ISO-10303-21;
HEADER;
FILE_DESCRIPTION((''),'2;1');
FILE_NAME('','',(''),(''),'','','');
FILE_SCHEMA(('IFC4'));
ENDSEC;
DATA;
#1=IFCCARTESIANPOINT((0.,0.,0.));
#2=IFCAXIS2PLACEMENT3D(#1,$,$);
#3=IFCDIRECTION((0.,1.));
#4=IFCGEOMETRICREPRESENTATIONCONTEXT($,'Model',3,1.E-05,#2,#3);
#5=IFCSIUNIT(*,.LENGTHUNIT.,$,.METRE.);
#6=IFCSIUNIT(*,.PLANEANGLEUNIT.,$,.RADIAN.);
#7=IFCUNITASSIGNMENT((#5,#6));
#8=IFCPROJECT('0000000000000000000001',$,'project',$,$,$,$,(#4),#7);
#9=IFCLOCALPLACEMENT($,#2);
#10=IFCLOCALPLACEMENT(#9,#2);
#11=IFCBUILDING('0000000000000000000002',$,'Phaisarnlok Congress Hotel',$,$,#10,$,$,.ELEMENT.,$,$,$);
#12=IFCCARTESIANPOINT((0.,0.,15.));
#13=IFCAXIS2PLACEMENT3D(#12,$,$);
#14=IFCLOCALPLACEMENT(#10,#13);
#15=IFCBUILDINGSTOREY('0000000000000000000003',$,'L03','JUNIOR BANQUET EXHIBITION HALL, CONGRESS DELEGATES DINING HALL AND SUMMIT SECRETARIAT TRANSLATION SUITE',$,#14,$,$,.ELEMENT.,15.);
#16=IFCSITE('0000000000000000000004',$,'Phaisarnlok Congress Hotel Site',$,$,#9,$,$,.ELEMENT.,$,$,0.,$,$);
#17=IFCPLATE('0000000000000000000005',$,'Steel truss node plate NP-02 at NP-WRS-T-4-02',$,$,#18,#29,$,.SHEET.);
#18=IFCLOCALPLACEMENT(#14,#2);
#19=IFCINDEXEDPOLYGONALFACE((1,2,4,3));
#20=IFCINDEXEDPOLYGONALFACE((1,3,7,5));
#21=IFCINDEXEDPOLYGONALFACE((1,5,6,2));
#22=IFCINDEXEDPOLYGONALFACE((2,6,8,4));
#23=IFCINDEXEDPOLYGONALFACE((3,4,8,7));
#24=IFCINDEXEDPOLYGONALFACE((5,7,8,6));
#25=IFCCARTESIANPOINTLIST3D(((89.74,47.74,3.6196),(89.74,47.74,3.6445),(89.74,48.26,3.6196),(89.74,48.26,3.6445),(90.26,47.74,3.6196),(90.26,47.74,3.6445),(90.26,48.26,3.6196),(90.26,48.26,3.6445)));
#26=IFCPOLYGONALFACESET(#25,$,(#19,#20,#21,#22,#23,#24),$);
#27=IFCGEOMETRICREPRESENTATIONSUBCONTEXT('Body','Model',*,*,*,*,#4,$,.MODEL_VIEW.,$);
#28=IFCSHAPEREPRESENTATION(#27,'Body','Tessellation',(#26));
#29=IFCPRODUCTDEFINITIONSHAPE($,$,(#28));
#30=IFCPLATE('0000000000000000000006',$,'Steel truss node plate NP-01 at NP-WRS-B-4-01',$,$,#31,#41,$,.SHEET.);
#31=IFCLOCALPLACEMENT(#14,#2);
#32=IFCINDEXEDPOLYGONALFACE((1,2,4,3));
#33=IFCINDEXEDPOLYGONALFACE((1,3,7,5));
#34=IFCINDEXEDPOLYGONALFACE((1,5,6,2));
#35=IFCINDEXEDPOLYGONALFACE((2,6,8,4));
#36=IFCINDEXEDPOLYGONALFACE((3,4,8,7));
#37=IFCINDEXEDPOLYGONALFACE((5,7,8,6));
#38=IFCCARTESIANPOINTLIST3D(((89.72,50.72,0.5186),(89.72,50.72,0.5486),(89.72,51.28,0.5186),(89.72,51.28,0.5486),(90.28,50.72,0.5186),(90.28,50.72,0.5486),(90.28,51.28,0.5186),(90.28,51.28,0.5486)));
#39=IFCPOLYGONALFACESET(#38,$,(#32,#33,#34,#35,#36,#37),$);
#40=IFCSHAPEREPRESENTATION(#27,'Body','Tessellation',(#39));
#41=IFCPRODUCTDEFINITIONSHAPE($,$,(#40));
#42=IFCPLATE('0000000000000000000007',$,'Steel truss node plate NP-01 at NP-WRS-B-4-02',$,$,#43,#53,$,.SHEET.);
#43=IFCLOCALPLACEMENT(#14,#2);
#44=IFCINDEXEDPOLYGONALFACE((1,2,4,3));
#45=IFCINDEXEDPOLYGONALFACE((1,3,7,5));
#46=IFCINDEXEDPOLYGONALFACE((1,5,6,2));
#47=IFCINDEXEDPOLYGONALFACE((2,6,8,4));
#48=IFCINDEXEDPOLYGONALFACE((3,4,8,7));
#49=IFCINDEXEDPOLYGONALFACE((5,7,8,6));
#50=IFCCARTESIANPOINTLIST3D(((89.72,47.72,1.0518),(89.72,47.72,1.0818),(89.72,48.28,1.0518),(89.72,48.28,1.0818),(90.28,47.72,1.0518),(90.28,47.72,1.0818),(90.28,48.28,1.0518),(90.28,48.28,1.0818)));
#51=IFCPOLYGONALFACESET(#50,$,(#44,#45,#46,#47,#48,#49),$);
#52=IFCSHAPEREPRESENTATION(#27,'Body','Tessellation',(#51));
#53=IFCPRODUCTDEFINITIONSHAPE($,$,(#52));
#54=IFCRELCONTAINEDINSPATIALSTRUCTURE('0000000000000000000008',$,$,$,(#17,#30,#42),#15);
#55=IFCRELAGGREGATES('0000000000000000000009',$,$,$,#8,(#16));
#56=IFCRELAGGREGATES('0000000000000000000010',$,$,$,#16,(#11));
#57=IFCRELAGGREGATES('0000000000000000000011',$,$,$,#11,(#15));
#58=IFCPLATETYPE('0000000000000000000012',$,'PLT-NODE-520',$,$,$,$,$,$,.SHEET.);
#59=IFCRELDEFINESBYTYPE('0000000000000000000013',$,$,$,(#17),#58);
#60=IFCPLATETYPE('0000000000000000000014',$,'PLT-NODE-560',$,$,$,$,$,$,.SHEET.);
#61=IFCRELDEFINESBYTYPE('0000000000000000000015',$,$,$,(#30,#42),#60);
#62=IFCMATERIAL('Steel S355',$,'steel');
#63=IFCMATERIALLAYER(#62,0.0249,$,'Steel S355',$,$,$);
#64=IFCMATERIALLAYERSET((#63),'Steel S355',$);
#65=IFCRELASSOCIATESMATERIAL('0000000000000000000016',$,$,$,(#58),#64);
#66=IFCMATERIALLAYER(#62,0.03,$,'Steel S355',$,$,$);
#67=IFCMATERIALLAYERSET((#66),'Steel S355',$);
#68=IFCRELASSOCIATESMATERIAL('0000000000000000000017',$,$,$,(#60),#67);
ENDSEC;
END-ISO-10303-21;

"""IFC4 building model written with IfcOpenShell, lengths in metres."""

from ifc_helpers import new_model, si_unit, direction, frame, origin, origin_2d, place, context, subcontext, project, spatial, rectangle, extrude, material, layer, layer_set, type_object, element, save


model = new_model("IFC4")

# Units and contexts
model_context = context("Model", 3, precision=1e-05, world=origin(), true_north=direction((0.0, 1.0)))
body_context = subcontext(model_context, "Body", "Model", "MODEL_VIEW")
ifc_project = project(units=[si_unit("LENGTHUNIT", "METRE"), si_unit("PLANEANGLEUNIT", "RADIAN")], contexts=[model_context])

# Site, building, storey
site_placement = place(None, origin())
site = spatial("IfcSite", under=ifc_project, at=site_placement, Name="Phaisarnlok Congress Hotel Site", CompositionType="ELEMENT", RefElevation=0.0)
building_placement = place(site_placement, origin())
building = spatial("IfcBuilding", under=site, at=building_placement, Name="Phaisarnlok Congress Hotel", CompositionType="ELEMENT")
storey_placement = place(building_placement, frame((0.0, 0.0, 15.0)))
storey = spatial("IfcBuildingStorey", under=building, at=storey_placement, Name="L03", Description="JUNIOR BANQUET EXHIBITION HALL, CONGRESS DELEGATES DINING HALL AND SUMMIT SECRETARIAT TRANSLATION SUITE", CompositionType="ELEMENT", Elevation=15.0)

# Shared definitions
ifc_material = material(Name="Steel S355", Category="steel")

# Plates
ifc_layer_1 = layer(ifc_material, 0.0249, Name="Steel S355")
ifc_layer_set_1 = layer_set([ifc_layer_1], Name="Steel S355")
plate_type_1 = type_object("IfcPlateType", Name="PLT-NODE-520", PredefinedType="SHEET", material=ifc_layer_set_1)
for number, where, z_axis, x_axis, name in (
    (1, (90.0, 48.0, 3.6196), (0.0, 0.0, 1.0), (1.0, 0.0, 0.0), "Steel truss node plate NP-02 at NP-WRS-T-4-02"),
):
    element("IfcPlate", number, at=place(storey_placement, frame(where, z_axis=z_axis, x_axis=x_axis)), inside=storey, type_object=plate_type_1, Name=name, PredefinedType="SHEET", context=body_context, shape_type="SweptSolid", body=[
        extrude(rectangle(XDim=0.52, YDim=0.52, at=origin_2d()), origin(), (0.0, 0.0, 1.0), 0.0249),
    ])
ifc_layer_2 = layer(ifc_material, 0.03, Name="Steel S355")
ifc_layer_set_2 = layer_set([ifc_layer_2], Name="Steel S355")
plate_type_2 = type_object("IfcPlateType", Name="PLT-NODE-560", PredefinedType="SHEET", material=ifc_layer_set_2)
for number, where, z_axis, x_axis, name in (
    (2, (90.0, 51.0, 0.5186), (0.0, 0.0, 1.0), (1.0, 0.0, 0.0), "Steel truss node plate NP-01 at NP-WRS-B-4-01"),
    (3, (90.0, 48.0, 1.0518), (0.0, 0.0, 1.0), (1.0, 0.0, 0.0), "Steel truss node plate NP-01 at NP-WRS-B-4-02"),
):
    element("IfcPlate", number, at=place(storey_placement, frame(where, z_axis=z_axis, x_axis=x_axis)), inside=storey, type_object=plate_type_2, Name=name, PredefinedType="SHEET", context=body_context, shape_type="SweptSolid", body=[
        extrude(rectangle(XDim=0.5601, YDim=0.5601, at=origin_2d()), origin(), (0.0, 0.0, 1.0), 0.03),
    ])

save(model, "model.ifc")
